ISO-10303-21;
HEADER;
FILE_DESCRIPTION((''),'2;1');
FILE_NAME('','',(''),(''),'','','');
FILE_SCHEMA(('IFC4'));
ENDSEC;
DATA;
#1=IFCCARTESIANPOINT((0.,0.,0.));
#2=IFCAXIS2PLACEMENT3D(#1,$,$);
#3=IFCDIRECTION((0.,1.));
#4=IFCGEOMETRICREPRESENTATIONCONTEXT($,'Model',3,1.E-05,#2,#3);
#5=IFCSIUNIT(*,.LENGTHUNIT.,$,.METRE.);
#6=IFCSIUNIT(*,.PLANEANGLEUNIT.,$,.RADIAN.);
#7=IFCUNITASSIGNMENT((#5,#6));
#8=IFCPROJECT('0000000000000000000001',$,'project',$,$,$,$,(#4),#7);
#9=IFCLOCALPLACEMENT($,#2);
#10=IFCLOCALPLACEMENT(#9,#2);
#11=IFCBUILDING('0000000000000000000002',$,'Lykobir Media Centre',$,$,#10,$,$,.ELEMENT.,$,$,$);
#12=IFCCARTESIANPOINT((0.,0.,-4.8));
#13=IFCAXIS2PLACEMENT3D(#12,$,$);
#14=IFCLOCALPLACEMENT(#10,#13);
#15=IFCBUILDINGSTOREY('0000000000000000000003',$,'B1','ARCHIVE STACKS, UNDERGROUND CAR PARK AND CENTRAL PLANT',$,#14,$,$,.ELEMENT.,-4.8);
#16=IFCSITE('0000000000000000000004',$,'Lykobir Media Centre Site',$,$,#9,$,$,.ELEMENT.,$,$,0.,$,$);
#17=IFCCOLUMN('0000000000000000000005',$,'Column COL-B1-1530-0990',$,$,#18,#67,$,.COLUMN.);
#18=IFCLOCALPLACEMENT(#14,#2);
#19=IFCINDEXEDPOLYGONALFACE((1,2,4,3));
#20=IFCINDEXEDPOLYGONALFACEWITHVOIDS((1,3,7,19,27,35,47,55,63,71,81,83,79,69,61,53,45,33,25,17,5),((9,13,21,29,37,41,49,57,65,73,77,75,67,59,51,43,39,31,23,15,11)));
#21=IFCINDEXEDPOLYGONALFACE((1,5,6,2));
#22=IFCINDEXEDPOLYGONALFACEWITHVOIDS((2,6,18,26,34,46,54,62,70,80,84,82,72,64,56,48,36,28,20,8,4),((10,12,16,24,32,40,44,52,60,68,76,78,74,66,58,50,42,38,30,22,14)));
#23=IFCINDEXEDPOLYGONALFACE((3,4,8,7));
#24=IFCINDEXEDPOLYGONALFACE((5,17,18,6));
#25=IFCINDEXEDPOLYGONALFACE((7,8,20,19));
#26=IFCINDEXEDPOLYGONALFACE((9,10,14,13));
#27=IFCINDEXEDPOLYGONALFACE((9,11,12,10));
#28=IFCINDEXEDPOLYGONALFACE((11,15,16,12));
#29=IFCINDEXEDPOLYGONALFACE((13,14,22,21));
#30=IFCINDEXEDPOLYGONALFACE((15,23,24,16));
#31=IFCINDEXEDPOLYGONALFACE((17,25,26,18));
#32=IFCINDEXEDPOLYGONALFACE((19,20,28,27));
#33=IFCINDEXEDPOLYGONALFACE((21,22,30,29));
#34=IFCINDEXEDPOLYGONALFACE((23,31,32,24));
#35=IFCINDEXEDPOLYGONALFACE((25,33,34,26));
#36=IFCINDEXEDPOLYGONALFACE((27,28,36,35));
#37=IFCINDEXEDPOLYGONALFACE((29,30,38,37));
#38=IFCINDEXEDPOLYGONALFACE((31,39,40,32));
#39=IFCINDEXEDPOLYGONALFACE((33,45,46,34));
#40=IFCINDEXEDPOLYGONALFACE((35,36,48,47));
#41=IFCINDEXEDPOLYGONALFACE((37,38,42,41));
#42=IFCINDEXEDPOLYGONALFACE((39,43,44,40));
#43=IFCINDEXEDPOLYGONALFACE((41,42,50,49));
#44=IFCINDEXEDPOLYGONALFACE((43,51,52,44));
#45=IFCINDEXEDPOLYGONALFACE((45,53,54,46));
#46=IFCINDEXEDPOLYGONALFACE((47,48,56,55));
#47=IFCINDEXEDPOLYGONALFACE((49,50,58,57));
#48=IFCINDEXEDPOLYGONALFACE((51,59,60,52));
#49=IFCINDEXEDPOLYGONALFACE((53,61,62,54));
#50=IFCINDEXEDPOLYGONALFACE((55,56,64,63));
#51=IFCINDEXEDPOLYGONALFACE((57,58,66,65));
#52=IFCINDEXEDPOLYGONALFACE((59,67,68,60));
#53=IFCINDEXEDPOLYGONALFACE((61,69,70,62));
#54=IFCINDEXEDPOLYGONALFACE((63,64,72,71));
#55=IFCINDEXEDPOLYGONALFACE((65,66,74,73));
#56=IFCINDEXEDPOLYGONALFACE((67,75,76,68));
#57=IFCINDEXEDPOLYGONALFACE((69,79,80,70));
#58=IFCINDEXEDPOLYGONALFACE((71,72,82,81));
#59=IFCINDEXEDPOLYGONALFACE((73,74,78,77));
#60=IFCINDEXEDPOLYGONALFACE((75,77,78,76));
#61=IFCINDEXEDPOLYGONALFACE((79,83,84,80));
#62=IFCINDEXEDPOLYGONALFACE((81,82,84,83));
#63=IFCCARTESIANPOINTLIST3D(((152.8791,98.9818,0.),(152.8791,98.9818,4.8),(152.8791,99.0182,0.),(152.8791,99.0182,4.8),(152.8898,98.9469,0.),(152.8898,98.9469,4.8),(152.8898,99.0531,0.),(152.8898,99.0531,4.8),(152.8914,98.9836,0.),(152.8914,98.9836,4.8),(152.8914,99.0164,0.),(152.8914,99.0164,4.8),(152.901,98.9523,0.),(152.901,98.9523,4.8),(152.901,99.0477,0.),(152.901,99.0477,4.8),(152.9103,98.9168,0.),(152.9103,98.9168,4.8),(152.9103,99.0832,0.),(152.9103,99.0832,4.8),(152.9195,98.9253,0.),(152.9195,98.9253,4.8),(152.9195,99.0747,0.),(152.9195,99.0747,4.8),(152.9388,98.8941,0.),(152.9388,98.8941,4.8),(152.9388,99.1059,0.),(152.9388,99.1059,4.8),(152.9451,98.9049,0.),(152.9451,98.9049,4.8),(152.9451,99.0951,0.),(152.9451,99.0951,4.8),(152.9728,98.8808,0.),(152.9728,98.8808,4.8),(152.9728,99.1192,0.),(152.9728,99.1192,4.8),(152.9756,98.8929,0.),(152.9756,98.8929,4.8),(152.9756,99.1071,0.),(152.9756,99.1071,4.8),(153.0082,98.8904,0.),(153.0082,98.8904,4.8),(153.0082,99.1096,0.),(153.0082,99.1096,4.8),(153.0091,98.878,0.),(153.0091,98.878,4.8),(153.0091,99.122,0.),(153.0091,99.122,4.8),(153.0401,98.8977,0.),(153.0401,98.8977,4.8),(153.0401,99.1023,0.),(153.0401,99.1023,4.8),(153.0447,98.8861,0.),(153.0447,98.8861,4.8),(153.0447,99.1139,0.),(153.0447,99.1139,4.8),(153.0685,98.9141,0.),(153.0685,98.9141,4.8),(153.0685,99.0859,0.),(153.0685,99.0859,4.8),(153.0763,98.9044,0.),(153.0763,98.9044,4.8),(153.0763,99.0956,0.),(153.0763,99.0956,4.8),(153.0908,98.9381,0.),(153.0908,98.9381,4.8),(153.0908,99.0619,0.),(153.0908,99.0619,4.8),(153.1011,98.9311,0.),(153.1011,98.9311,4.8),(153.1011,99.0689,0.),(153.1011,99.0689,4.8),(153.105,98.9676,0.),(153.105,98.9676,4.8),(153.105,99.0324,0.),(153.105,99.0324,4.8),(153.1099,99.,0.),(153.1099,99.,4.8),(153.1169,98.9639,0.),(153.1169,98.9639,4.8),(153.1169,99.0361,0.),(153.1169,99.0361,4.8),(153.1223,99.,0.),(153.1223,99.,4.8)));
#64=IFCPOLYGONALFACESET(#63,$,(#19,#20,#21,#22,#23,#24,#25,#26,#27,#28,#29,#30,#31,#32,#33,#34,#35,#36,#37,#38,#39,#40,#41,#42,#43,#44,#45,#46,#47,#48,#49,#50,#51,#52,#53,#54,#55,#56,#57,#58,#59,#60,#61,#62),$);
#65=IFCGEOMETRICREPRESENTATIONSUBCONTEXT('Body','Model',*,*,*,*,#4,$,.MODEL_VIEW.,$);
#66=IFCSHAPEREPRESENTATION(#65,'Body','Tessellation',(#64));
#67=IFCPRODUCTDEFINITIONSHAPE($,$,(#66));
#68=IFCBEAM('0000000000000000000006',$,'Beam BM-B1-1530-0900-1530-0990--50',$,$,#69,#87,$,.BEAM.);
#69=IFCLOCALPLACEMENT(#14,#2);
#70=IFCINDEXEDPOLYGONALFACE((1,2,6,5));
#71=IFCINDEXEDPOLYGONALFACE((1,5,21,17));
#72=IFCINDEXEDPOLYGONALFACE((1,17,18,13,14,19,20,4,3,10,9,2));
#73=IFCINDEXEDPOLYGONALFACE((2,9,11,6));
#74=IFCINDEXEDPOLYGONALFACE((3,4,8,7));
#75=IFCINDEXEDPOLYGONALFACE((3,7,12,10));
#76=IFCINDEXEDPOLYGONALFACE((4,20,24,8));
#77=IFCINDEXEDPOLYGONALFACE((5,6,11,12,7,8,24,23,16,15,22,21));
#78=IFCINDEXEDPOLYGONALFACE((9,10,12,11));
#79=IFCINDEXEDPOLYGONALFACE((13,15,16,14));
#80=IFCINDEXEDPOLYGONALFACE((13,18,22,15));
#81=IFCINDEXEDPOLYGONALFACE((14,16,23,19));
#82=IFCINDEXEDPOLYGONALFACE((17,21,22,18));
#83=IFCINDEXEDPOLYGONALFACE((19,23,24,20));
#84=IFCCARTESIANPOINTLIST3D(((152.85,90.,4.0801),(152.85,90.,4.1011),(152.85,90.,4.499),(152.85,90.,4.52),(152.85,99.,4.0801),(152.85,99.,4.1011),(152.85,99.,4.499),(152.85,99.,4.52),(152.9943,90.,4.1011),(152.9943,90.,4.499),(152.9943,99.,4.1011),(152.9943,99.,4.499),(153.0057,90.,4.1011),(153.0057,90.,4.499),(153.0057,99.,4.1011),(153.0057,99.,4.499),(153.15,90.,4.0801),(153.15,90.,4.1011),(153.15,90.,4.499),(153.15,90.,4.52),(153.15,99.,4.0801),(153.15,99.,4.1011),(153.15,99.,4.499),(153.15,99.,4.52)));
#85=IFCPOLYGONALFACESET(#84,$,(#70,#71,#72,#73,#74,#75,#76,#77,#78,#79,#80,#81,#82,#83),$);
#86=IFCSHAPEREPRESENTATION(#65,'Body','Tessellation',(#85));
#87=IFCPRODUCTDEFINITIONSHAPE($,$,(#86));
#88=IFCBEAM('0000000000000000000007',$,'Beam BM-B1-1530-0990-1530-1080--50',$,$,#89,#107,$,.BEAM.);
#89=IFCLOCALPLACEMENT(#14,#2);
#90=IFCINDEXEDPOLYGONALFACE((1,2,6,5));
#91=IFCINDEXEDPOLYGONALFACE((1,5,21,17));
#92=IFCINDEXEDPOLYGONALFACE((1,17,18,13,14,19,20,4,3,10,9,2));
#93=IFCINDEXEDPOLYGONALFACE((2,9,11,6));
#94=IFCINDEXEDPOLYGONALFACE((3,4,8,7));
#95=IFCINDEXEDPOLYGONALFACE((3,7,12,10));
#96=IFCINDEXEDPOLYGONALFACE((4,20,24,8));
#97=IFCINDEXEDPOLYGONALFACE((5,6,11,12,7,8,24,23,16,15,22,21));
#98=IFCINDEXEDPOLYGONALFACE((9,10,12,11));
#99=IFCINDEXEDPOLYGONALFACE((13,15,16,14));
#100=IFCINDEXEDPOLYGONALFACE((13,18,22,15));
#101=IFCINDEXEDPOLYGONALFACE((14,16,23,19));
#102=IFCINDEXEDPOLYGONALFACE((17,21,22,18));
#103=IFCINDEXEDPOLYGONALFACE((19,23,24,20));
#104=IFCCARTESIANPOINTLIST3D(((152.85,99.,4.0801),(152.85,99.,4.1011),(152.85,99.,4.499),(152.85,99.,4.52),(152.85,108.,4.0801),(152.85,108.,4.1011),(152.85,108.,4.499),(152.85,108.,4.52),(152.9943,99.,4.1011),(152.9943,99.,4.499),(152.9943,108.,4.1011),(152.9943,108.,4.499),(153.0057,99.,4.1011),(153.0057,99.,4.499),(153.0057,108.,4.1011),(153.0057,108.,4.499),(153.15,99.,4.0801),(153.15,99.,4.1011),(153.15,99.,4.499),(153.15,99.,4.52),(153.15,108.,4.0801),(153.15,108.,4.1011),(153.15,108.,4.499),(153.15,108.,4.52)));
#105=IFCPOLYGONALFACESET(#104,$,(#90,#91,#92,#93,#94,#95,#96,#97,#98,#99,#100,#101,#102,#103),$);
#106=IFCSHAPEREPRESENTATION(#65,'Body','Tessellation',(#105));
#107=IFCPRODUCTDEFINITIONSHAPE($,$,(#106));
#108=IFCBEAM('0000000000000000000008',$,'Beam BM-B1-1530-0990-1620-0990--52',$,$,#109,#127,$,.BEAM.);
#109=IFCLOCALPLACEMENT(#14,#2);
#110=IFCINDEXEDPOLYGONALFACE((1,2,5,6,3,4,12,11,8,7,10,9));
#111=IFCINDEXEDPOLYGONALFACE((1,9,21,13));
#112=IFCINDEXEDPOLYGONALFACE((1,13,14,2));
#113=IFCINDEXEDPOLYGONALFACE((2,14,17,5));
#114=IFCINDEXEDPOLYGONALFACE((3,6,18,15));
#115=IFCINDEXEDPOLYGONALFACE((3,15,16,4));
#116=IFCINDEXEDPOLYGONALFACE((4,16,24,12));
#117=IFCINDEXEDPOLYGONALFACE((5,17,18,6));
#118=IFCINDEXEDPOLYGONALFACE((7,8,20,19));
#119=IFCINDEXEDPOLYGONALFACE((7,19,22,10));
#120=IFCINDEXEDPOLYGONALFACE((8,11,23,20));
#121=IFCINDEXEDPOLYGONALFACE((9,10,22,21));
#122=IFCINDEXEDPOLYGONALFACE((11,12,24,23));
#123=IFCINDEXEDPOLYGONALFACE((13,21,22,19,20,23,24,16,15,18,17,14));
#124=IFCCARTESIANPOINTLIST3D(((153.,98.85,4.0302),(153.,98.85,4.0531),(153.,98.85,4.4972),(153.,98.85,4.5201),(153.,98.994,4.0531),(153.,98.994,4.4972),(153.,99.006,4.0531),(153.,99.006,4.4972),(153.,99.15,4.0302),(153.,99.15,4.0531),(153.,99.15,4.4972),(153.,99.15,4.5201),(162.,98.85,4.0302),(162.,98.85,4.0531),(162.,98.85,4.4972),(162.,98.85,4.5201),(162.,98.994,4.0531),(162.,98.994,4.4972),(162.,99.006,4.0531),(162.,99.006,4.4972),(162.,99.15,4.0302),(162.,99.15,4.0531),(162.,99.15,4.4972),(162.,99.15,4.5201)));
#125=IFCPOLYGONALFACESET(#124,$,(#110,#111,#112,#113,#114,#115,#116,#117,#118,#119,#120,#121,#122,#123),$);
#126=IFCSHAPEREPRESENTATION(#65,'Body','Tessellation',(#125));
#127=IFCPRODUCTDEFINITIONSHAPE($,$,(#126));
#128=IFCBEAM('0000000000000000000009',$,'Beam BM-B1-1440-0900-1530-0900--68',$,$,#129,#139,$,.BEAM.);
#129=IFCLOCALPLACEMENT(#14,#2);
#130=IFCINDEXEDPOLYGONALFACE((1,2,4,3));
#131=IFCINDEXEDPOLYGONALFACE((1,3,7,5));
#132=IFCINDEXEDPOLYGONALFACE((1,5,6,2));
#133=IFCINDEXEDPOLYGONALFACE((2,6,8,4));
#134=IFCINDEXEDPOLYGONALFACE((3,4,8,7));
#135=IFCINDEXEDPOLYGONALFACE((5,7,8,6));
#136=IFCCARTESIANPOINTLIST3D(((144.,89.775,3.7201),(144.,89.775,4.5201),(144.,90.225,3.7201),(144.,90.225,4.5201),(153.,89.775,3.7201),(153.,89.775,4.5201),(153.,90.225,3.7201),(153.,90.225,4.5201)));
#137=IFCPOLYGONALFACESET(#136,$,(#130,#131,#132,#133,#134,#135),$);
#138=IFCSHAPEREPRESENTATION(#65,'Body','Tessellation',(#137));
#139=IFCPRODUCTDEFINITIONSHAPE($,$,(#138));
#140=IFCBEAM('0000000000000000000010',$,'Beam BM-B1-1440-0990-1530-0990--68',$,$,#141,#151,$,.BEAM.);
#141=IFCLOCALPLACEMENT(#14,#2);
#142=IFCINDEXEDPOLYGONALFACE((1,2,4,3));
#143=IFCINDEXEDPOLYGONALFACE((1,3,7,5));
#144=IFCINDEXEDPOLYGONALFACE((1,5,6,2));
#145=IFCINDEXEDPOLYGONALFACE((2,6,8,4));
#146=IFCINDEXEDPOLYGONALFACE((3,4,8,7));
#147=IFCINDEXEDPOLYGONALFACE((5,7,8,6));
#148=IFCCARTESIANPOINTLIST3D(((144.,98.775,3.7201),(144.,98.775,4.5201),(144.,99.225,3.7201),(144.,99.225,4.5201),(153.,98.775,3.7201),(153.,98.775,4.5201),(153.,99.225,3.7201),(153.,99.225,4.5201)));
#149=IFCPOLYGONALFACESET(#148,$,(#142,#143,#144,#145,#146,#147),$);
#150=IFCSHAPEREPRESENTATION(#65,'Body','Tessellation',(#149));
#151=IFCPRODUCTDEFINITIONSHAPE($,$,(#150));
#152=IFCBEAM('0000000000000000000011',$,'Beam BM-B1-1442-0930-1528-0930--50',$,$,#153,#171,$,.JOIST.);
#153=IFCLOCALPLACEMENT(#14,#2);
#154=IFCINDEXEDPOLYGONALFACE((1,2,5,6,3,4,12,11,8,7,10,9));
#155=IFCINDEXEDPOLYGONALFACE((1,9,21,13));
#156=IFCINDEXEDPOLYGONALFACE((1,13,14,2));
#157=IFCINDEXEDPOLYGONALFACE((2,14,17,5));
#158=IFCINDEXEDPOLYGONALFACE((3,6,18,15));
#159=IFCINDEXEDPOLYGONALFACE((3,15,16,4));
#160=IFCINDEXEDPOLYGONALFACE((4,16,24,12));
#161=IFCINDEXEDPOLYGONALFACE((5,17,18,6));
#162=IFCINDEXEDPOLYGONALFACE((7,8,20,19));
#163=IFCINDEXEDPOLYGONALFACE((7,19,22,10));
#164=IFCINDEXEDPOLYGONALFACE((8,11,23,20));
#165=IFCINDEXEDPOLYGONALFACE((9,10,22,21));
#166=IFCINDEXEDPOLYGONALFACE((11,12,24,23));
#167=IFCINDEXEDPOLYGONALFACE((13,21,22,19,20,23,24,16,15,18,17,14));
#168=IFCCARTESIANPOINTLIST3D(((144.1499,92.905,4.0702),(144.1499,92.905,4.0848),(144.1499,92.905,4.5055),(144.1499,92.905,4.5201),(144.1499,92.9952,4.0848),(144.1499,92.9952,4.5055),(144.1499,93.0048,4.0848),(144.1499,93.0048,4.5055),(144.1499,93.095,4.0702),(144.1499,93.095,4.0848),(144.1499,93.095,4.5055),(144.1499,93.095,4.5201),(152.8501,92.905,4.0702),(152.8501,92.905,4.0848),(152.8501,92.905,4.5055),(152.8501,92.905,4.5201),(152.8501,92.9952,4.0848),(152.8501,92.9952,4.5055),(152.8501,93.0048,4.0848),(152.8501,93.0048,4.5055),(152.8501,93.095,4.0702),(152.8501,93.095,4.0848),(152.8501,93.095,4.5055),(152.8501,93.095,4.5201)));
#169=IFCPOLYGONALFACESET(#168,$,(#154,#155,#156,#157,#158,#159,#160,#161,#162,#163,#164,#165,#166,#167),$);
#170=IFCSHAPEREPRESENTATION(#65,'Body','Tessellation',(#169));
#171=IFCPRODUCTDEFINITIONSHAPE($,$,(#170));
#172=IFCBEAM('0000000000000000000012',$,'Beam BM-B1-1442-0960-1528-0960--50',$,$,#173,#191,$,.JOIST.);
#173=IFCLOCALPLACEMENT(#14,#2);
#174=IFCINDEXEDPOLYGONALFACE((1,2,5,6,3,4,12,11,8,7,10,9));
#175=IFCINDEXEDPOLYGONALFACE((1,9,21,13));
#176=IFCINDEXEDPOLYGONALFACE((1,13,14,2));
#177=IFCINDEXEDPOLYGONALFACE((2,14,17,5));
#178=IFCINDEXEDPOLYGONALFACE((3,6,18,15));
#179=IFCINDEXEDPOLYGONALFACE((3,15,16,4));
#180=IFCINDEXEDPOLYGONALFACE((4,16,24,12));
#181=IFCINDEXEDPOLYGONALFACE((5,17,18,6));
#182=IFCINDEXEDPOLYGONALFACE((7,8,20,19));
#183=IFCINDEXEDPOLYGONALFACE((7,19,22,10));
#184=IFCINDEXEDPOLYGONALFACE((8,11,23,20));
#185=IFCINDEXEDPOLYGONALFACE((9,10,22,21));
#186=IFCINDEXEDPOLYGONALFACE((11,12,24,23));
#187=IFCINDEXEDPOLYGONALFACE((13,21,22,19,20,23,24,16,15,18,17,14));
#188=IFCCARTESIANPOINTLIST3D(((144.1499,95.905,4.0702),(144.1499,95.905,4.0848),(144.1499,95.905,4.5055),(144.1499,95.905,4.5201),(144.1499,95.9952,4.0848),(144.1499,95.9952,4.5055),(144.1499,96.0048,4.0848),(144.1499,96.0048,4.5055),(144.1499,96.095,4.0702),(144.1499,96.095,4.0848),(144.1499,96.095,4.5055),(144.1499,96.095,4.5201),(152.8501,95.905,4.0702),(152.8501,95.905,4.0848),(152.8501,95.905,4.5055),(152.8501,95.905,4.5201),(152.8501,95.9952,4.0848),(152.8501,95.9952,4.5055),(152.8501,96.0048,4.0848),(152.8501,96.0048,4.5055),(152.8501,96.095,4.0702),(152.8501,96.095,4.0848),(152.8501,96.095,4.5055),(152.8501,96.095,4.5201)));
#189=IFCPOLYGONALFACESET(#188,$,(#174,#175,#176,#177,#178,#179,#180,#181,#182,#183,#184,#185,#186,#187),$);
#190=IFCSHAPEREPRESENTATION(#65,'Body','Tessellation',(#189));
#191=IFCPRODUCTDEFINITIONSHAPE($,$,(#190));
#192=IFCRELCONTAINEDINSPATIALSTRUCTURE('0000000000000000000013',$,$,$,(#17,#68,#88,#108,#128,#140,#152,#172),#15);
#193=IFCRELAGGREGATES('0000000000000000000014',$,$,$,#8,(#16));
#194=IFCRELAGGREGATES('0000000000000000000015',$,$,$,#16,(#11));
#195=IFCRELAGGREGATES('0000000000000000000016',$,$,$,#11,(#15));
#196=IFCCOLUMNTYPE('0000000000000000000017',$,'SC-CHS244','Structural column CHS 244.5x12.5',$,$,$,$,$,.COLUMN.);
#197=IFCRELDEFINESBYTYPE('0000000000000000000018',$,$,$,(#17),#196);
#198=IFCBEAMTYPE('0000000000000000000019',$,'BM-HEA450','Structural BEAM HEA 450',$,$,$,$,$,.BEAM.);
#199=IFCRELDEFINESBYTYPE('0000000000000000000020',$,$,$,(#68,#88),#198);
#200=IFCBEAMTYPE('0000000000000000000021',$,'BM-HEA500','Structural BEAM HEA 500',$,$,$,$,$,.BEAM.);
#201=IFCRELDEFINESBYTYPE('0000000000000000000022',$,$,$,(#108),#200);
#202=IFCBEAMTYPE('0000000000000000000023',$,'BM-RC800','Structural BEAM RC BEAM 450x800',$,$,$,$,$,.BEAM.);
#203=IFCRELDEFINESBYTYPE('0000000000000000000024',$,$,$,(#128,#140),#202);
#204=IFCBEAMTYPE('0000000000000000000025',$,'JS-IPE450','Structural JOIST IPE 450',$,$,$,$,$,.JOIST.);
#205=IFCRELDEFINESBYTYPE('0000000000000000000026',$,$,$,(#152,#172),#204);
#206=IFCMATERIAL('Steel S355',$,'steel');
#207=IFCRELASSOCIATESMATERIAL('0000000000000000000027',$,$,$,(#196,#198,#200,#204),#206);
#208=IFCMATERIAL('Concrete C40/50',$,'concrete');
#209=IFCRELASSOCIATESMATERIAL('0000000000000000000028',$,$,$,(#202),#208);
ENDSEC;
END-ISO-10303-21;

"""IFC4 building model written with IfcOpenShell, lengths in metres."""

from ifc_helpers import new_model, si_unit, direction, frame, origin, origin_2d, place, context, subcontext, project, spatial, rectangle, hollow_circle, i_section, extrude, material, material_profile, profile_set, type_object, element, save


model = new_model("IFC4")

# Units and contexts
model_context = context("Model", 3, precision=1e-05, world=origin(), true_north=direction((0.0, 1.0)))
body_context = subcontext(model_context, "Body", "Model", "MODEL_VIEW")
ifc_project = project(units=[si_unit("LENGTHUNIT", "METRE"), si_unit("PLANEANGLEUNIT", "RADIAN")], contexts=[model_context])

# Site, building, storey
site_placement = place(None, origin())
site = spatial("IfcSite", under=ifc_project, at=site_placement, Name="Lykobir Media Centre Site", CompositionType="ELEMENT", RefElevation=0.0)
building_placement = place(site_placement, origin())
building = spatial("IfcBuilding", under=site, at=building_placement, Name="Lykobir Media Centre", CompositionType="ELEMENT")
storey_placement = place(building_placement, frame((0.0, 0.0, -4.8)))
storey = spatial("IfcBuildingStorey", under=building, at=storey_placement, Name="B1", Description="ARCHIVE STACKS, UNDERGROUND CAR PARK AND CENTRAL PLANT", CompositionType="ELEMENT", Elevation=-4.8)

# Column
ifc_material_1 = material(Name="Concrete C40/50", Category="concrete")
ifc_material_2 = material(Name="Steel S355", Category="steel")
ifc_material_profile_1 = material_profile(ifc_material_2, hollow_circle(Radius=0.1223, WallThickness=0.0125, at=origin_2d()), Name="CHS 244.5x12.5")
ifc_profile_set_1 = profile_set([ifc_material_profile_1], Name="Steel S355")
column_type_1 = type_object("IfcColumnType", Name="SC-CHS244", Description="Structural column CHS 244.5x12.5", PredefinedType="COLUMN", material=ifc_profile_set_1)
column_1_placement = place(storey_placement, frame((153.0, 99.0, 0.0), z_axis=(0.0, 0.0, 1.0), x_axis=(1.0, 0.0, 0.0)))
element("IfcColumn", 1, at=column_1_placement, inside=storey, type_object=column_type_1, Name="Column COL-B1-1530-0990", PredefinedType="COLUMN", context=body_context, shape_type="SweptSolid", body=[
    extrude(hollow_circle(Radius=0.1223, WallThickness=0.0125, at=origin_2d()), origin(), (0.0, 0.0, 1.0), 4.8),
])

# Beams
ifc_material_profile_2 = material_profile(ifc_material_2, i_section(OverallWidth=0.3, OverallDepth=0.4399, WebThickness=0.0115, FlangeThickness=0.021, at=origin_2d()), Name="HEA 450")
ifc_profile_set_2 = profile_set([ifc_material_profile_2], Name="Steel S355")
beam_type_1 = type_object("IfcBeamType", Name="BM-HEA450", Description="Structural BEAM HEA 450", PredefinedType="BEAM", material=ifc_profile_set_2)
for number, where, z_axis, x_axis, name in (
    (2, (153.0, 90.0, 4.3), (0.0, 1.0, 0.0), (-1.0, 0.0, 0.0), "Beam BM-B1-1530-0900-1530-0990--50"),
    (3, (153.0, 99.0, 4.3), (0.0, 1.0, 0.0), (-1.0, 0.0, 0.0), "Beam BM-B1-1530-0990-1530-1080--50"),
):
    element("IfcBeam", number, at=place(storey_placement, frame(where, z_axis=z_axis, x_axis=x_axis)), inside=storey, type_object=beam_type_1, Name=name, PredefinedType="BEAM", context=body_context, shape_type="SweptSolid", body=[
        extrude(i_section(OverallWidth=0.3, OverallDepth=0.4399, WebThickness=0.0115, FlangeThickness=0.021, at=origin_2d()), origin(), (0.0, 0.0, 1.0), 9.0),
    ])
ifc_material_profile_3 = material_profile(ifc_material_2, i_section(OverallWidth=0.3, OverallDepth=0.49, WebThickness=0.012, FlangeThickness=0.0229, at=origin_2d()), Name="HEA 500")
ifc_profile_set_3 = profile_set([ifc_material_profile_3], Name="Steel S355")
beam_type_2 = type_object("IfcBeamType", Name="BM-HEA500", Description="Structural BEAM HEA 500", PredefinedType="BEAM", material=ifc_profile_set_3)
beam_placement = place(storey_placement, frame((153.0, 99.0, 4.2751), z_axis=(1.0, 0.0, 0.0), x_axis=(0.0, 1.0, 0.0)))
element("IfcBeam", 4, at=beam_placement, inside=storey, type_object=beam_type_2, Name="Beam BM-B1-1530-0990-1620-0990--52", PredefinedType="BEAM", context=body_context, shape_type="SweptSolid", body=[
    extrude(i_section(OverallWidth=0.3, OverallDepth=0.49, WebThickness=0.012, FlangeThickness=0.0229, at=origin_2d()), origin(), (0.0, 0.0, 1.0), 9.0),
])
ifc_material_profile_4 = material_profile(ifc_material_1, rectangle(XDim=0.45, YDim=0.8, at=origin_2d()), Name="RC BEAM 450x800")
ifc_profile_set_4 = profile_set([ifc_material_profile_4], Name="Concrete C40/50")
beam_type_3 = type_object("IfcBeamType", Name="BM-RC800", Description="Structural BEAM RC BEAM 450x800", PredefinedType="BEAM", material=ifc_profile_set_4)
for number, where, z_axis, x_axis, name in (
    (5, (144.0, 90.0, 4.1201), (1.0, 0.0, 0.0), (0.0, 1.0, 0.0), "Beam BM-B1-1440-0900-1530-0900--68"),
    (6, (144.0, 99.0, 4.1201), (1.0, 0.0, 0.0), (0.0, 1.0, 0.0), "Beam BM-B1-1440-0990-1530-0990--68"),
):
    element("IfcBeam", number, at=place(storey_placement, frame(where, z_axis=z_axis, x_axis=x_axis)), inside=storey, type_object=beam_type_3, Name=name, PredefinedType="BEAM", context=body_context, shape_type="SweptSolid", body=[
        extrude(rectangle(XDim=0.45, YDim=0.8, at=origin_2d()), origin(), (0.0, 0.0, 1.0), 9.0),
    ])
ifc_material_profile_5 = material_profile(ifc_material_2, i_section(OverallWidth=0.1899, OverallDepth=0.45, WebThickness=0.0095, FlangeThickness=0.0146, at=origin_2d()), Name="IPE 450")
ifc_profile_set_5 = profile_set([ifc_material_profile_5], Name="Steel S355")
beam_type_4 = type_object("IfcBeamType", Name="JS-IPE450", Description="Structural JOIST IPE 450", PredefinedType="JOIST", material=ifc_profile_set_5)
for number, where, z_axis, x_axis, name in (
    (7, (144.1499, 93.0, 4.2952), (1.0, 0.0, 0.0), (0.0, 1.0, 0.0), "Beam BM-B1-1442-0930-1528-0930--50"),
    (8, (144.1499, 96.0, 4.2952), (1.0, 0.0, 0.0), (0.0, 1.0, 0.0), "Beam BM-B1-1442-0960-1528-0960--50"),
):
    element("IfcBeam", number, at=place(storey_placement, frame(where, z_axis=z_axis, x_axis=x_axis)), inside=storey, type_object=beam_type_4, Name=name, PredefinedType="JOIST", context=body_context, shape_type="SweptSolid", body=[
        extrude(i_section(OverallWidth=0.1899, OverallDepth=0.45, WebThickness=0.0095, FlangeThickness=0.0146, at=origin_2d()), origin(), (0.0, 0.0, 1.0), 8.7002),
    ])

save(model, "model.ifc")
